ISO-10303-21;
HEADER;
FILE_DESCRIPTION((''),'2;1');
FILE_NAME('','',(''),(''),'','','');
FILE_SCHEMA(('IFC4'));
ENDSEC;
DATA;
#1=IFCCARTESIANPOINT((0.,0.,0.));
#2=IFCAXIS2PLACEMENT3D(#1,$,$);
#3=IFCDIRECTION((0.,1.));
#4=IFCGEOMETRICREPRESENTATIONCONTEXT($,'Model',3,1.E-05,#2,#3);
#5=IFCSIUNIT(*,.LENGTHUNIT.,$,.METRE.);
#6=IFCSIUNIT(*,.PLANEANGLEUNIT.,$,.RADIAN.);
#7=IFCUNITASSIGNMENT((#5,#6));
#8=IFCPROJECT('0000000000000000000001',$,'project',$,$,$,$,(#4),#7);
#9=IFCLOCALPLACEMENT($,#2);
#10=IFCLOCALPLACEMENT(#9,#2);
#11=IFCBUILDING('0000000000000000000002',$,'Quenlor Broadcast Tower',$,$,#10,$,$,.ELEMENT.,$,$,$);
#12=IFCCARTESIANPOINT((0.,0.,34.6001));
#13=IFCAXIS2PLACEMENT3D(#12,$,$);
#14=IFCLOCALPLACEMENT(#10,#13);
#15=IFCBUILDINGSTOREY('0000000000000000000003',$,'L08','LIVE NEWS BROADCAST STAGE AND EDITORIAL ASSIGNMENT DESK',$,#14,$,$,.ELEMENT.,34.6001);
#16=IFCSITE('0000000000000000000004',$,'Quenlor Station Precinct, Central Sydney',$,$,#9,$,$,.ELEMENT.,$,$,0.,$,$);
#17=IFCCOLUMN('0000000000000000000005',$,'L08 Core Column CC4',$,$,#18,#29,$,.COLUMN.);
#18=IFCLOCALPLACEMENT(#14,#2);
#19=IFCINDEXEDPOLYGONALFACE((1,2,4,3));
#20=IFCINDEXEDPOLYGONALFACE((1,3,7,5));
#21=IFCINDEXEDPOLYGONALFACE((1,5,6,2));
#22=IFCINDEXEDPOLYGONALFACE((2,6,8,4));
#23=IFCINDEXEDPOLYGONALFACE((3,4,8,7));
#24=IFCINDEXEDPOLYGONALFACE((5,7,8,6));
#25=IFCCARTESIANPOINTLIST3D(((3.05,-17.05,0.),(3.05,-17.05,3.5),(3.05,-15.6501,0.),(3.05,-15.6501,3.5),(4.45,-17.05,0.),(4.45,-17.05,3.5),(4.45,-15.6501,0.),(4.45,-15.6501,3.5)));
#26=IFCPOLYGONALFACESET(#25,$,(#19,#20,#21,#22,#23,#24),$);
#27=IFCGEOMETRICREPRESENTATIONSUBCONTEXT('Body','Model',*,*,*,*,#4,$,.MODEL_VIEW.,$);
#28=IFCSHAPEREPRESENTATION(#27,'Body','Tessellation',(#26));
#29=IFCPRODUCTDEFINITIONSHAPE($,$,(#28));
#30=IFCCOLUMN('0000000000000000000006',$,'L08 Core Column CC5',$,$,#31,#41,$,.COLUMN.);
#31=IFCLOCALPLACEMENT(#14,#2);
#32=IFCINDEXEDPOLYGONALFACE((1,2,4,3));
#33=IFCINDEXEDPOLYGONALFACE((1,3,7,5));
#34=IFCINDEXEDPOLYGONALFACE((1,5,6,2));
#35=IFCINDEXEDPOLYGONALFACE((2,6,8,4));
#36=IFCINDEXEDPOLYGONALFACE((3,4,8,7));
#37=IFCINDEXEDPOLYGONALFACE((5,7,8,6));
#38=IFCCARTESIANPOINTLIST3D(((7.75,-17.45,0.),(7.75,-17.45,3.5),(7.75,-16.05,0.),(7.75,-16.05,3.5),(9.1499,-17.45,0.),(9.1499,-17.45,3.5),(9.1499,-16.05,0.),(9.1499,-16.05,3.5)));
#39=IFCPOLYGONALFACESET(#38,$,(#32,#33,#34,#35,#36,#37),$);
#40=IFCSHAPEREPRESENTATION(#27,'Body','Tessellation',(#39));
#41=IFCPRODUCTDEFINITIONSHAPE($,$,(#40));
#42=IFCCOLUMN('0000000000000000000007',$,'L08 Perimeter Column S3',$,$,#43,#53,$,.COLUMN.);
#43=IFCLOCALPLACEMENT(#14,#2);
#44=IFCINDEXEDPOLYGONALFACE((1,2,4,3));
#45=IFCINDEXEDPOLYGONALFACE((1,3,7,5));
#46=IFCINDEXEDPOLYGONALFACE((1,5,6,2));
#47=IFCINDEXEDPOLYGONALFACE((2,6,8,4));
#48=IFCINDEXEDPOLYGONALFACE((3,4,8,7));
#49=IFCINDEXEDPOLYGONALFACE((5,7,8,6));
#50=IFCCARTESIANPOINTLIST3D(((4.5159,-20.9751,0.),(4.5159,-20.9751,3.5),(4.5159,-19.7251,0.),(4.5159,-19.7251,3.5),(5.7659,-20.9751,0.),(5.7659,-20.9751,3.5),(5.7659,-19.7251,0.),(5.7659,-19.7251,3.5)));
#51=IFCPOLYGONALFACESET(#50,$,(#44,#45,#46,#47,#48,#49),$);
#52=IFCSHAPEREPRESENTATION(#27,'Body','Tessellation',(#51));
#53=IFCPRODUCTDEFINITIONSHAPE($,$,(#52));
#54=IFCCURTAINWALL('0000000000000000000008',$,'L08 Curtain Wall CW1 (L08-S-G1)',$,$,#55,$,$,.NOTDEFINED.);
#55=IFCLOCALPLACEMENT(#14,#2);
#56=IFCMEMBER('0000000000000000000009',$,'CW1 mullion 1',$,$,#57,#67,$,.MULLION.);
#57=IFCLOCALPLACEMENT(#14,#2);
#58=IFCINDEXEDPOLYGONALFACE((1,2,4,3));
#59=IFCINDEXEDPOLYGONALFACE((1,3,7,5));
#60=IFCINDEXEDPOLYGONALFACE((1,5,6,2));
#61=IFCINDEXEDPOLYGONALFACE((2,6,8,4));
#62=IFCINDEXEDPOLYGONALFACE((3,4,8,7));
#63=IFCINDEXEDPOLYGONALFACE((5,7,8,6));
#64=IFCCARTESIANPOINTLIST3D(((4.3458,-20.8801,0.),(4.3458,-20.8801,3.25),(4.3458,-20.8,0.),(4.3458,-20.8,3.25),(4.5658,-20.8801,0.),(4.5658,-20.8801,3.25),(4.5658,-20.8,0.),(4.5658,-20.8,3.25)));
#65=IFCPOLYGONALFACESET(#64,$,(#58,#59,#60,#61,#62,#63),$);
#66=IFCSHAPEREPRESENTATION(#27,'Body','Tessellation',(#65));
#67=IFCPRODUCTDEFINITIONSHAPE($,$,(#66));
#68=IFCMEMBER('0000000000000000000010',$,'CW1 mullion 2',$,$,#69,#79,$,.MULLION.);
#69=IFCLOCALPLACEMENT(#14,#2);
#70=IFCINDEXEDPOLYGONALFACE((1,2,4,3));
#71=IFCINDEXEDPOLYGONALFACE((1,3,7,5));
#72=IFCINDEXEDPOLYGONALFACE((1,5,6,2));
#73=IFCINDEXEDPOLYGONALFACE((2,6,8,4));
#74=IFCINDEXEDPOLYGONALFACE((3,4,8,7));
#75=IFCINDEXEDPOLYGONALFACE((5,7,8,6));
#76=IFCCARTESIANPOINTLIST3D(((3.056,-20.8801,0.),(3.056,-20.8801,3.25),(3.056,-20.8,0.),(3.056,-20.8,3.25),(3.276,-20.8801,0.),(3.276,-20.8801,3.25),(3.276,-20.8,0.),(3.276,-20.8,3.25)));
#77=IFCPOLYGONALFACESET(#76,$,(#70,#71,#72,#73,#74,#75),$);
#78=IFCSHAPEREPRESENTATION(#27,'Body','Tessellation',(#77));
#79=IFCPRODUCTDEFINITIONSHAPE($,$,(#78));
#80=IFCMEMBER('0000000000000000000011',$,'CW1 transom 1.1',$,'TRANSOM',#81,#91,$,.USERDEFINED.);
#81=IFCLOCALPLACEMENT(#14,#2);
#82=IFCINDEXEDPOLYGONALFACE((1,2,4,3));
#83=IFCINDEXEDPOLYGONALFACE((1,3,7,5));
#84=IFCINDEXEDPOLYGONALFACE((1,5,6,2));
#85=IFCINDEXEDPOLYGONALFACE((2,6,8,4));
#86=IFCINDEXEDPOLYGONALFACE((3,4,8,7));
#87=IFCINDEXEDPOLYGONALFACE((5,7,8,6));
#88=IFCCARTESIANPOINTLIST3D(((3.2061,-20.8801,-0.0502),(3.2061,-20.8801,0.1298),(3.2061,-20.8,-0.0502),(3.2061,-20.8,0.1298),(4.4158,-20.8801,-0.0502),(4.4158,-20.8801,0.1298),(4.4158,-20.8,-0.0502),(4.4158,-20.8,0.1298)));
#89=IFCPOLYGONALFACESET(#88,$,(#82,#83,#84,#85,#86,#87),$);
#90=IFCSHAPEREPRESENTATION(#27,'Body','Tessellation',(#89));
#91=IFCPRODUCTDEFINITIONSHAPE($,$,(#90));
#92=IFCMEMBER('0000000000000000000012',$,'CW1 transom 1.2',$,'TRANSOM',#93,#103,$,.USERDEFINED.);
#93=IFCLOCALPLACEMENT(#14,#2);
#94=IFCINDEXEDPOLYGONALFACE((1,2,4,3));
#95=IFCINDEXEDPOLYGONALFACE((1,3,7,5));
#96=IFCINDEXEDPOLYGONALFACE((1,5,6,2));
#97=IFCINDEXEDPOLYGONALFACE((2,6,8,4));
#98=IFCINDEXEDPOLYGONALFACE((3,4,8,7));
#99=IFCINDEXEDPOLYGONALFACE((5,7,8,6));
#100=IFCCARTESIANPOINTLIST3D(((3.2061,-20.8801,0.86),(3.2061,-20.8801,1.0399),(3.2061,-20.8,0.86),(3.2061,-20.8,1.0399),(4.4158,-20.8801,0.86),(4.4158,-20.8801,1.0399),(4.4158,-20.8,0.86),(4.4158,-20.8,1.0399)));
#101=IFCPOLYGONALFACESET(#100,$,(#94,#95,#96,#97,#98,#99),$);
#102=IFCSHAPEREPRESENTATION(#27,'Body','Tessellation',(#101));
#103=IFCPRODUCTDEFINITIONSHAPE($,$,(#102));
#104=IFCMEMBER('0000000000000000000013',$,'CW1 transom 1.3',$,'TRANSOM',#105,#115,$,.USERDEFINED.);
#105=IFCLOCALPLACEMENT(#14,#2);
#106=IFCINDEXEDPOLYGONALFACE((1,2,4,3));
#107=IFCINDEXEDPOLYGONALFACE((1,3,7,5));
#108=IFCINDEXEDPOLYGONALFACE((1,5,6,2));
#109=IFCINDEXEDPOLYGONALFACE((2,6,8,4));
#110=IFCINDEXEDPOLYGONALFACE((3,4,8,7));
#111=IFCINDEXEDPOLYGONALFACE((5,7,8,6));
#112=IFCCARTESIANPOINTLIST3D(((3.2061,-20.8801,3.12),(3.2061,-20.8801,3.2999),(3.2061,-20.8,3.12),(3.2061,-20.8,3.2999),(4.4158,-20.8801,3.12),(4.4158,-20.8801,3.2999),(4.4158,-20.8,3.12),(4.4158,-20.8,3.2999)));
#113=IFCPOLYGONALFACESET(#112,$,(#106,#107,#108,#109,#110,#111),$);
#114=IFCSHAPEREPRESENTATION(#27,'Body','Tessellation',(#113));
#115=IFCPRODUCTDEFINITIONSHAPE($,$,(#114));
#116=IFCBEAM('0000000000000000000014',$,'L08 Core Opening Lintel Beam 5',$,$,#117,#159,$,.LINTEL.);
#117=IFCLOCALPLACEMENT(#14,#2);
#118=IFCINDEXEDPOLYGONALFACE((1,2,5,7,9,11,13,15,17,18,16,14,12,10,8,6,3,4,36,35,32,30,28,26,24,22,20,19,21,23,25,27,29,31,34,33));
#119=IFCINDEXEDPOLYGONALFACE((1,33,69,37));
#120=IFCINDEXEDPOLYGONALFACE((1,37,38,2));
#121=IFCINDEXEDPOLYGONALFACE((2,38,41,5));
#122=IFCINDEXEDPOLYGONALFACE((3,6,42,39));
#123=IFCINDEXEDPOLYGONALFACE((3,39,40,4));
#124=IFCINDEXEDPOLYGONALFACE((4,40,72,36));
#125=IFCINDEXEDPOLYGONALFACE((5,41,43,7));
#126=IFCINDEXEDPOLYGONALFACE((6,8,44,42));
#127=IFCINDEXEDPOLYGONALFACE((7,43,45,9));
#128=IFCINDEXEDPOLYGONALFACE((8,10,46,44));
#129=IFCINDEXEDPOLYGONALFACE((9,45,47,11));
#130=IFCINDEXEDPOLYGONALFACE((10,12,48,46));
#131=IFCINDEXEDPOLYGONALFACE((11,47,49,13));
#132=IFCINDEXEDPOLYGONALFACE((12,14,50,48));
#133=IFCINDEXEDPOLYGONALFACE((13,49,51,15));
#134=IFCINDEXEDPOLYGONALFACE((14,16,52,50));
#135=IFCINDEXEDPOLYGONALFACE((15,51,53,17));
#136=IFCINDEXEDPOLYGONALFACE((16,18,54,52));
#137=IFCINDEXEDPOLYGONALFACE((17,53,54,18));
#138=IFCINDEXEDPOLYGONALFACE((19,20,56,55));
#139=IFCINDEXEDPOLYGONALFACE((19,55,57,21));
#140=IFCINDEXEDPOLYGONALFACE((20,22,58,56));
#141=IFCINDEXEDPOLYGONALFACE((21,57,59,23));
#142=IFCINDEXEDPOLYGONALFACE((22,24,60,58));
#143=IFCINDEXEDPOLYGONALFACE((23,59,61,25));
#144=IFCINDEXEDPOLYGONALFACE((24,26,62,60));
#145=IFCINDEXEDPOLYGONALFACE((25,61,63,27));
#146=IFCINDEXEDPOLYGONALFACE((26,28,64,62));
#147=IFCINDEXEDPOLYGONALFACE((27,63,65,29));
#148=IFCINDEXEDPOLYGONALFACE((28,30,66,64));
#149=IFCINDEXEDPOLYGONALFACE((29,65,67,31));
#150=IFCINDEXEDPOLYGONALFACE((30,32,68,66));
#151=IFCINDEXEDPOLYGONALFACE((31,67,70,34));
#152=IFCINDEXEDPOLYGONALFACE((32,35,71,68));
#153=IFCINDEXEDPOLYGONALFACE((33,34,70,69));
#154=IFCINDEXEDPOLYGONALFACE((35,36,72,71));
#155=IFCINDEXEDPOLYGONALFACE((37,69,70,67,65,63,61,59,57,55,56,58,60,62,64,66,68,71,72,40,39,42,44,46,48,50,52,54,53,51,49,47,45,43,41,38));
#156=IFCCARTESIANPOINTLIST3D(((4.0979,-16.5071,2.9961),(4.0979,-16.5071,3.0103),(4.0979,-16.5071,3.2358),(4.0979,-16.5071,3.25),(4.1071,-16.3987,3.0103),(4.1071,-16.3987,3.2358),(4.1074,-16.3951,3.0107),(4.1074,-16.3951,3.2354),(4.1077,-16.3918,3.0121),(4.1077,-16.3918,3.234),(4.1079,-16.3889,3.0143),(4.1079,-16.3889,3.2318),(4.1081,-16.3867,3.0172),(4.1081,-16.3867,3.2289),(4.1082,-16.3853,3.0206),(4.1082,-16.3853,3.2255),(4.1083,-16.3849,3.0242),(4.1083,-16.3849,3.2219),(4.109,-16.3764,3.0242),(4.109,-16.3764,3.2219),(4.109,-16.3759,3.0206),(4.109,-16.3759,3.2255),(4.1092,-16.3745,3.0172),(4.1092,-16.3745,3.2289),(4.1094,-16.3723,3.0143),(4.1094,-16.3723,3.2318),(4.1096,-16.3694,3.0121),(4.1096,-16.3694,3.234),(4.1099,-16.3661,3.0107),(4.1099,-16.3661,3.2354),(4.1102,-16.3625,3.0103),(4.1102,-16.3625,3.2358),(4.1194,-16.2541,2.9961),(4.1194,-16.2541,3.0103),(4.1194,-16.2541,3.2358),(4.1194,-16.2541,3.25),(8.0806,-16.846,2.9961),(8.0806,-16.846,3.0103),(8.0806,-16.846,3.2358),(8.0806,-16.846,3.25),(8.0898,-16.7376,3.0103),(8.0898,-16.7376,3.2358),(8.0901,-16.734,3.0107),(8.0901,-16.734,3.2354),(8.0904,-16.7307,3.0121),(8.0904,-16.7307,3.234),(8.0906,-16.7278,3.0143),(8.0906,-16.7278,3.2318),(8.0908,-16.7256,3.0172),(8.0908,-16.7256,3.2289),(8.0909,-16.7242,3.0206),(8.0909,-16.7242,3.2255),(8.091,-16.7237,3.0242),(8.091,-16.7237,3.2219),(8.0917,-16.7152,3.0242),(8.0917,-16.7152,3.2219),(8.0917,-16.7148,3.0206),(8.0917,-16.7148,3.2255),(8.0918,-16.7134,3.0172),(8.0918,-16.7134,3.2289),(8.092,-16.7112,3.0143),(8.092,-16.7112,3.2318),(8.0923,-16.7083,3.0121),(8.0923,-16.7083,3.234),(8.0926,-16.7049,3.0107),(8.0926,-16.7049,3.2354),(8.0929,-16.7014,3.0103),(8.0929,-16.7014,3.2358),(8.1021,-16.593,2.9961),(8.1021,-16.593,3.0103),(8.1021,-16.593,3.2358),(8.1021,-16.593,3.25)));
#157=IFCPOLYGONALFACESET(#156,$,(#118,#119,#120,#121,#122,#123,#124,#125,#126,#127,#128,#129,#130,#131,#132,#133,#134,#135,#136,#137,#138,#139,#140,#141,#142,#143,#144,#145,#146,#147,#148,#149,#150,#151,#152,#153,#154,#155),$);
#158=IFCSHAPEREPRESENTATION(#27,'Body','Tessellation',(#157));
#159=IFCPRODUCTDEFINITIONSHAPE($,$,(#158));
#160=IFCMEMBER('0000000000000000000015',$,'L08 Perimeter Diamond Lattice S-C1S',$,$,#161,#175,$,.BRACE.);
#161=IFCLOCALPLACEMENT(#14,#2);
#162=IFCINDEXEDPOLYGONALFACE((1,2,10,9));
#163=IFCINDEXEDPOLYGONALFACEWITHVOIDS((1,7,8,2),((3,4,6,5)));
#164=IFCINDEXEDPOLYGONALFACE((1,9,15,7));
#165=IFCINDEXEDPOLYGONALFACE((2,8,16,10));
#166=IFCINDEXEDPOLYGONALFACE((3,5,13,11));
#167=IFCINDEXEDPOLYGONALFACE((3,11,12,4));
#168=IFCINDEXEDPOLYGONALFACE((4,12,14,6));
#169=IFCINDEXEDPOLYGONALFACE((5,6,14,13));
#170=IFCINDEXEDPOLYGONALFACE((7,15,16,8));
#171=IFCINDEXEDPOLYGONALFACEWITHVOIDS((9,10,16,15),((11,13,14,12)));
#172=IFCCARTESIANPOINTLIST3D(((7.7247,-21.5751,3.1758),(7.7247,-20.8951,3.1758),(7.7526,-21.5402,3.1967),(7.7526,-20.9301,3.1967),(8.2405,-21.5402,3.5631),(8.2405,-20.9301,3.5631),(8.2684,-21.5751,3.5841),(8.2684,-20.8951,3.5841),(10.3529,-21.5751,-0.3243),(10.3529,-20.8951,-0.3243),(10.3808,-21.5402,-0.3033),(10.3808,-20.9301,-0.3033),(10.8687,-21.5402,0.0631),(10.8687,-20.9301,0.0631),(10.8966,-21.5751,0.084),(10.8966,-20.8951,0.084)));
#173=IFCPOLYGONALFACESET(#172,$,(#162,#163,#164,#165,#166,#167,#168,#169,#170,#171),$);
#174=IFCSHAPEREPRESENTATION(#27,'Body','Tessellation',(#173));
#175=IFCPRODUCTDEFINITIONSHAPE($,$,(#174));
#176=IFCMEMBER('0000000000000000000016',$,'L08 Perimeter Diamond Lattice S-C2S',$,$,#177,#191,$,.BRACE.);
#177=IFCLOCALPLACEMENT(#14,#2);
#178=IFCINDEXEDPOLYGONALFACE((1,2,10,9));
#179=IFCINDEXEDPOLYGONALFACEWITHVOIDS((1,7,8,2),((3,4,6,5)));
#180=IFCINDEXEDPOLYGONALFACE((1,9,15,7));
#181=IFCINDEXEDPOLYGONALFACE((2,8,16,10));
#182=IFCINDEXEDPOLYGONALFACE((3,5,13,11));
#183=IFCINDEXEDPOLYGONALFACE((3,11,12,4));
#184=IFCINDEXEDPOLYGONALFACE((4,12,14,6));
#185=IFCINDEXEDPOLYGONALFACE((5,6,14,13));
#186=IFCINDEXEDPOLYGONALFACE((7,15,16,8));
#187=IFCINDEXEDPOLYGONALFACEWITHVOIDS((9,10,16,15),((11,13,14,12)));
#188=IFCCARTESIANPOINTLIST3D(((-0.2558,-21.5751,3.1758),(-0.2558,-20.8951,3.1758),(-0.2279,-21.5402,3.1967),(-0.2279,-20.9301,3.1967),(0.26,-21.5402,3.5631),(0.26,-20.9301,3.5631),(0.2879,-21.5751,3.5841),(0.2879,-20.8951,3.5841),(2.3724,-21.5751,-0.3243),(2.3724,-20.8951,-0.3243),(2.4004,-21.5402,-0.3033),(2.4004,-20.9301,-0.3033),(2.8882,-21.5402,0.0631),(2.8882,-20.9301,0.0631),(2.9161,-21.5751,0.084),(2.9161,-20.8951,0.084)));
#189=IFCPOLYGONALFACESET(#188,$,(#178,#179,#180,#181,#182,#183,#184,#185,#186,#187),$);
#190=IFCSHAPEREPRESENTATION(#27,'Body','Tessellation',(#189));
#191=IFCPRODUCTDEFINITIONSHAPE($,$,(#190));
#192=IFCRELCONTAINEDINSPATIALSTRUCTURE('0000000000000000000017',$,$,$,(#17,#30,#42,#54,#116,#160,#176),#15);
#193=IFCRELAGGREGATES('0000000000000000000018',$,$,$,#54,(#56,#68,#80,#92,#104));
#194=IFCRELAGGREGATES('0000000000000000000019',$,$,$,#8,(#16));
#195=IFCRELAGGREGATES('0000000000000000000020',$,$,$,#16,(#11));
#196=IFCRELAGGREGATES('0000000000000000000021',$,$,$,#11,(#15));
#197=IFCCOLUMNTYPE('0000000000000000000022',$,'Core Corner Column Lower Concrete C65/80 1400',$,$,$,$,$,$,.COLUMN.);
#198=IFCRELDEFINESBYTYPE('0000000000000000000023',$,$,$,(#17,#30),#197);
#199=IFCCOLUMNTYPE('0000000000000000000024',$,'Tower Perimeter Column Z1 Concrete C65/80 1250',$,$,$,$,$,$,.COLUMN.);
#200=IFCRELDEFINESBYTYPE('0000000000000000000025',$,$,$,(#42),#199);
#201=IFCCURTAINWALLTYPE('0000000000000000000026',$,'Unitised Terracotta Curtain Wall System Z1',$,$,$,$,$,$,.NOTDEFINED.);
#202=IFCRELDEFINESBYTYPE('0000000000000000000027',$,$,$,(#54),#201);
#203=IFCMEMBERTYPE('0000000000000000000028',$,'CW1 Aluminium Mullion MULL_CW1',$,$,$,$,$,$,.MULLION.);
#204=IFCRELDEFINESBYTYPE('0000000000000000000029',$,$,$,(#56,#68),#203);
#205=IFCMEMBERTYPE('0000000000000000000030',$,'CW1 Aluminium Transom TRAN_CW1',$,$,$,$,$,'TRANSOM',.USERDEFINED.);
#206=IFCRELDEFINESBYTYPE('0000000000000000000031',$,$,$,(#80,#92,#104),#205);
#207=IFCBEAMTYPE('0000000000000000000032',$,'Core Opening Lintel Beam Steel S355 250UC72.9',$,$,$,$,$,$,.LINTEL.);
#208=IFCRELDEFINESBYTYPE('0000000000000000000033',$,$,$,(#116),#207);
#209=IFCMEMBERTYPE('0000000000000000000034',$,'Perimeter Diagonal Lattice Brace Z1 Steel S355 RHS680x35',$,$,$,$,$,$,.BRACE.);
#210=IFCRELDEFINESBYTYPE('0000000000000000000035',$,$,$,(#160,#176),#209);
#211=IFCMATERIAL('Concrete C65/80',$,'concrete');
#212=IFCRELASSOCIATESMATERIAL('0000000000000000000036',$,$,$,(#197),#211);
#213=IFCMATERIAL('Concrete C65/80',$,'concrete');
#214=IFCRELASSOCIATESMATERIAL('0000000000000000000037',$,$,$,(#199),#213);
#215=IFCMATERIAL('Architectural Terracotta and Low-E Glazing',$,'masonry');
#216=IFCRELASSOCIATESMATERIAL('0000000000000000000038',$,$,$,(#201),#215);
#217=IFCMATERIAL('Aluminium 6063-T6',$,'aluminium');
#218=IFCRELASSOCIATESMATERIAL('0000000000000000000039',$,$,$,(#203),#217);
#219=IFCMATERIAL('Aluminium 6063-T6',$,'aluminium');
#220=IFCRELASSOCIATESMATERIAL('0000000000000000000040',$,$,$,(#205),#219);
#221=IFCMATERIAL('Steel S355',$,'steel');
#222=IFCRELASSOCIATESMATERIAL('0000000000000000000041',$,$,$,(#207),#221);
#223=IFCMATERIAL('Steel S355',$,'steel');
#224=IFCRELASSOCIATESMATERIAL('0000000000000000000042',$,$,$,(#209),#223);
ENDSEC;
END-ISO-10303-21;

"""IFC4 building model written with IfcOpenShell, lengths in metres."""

from ifc_helpers import new_model, si_unit, direction, frame, origin, origin_2d, place, context, subcontext, project, spatial, rectangle, hollow_rectangle, i_section, extrude, material, material_profile, profile_set, type_object, element, aggregate, save


model = new_model("IFC4")

# Units and contexts
model_context = context("Model", 3, precision=1e-05, world=origin(), true_north=direction((0.0, 1.0)))
body_context = subcontext(model_context, "Body", "Model", "MODEL_VIEW")
ifc_project = project(units=[si_unit("LENGTHUNIT", "METRE"), si_unit("PLANEANGLEUNIT", "RADIAN")], contexts=[model_context])

# Site, building, storey
site_placement = place(None, origin())
site = spatial("IfcSite", under=ifc_project, at=site_placement, Name="Quenlor Station Precinct, Central Sydney", CompositionType="ELEMENT", RefElevation=0.0)
building_placement = place(site_placement, origin())
building = spatial("IfcBuilding", under=site, at=building_placement, Name="Quenlor Broadcast Tower", CompositionType="ELEMENT")
storey_placement = place(building_placement, frame((0.0, 0.0, 34.6001)))
storey = spatial("IfcBuildingStorey", under=building, at=storey_placement, Name="L08", Description="LIVE NEWS BROADCAST STAGE AND EDITORIAL ASSIGNMENT DESK", CompositionType="ELEMENT", Elevation=34.6001)

# Columns
ifc_material_1 = material(Name="Concrete C65/80", Category="concrete")
ifc_material_profile_1 = material_profile(ifc_material_1, rectangle(XDim=1.3999, YDim=1.3999, at=origin_2d()))
ifc_profile_set_1 = profile_set([ifc_material_profile_1], Name="Concrete C65/80 RC1400x1400")
column_type_1 = type_object("IfcColumnType", Name="Core Corner Column Lower Concrete C65/80 1400", PredefinedType="COLUMN", material=ifc_profile_set_1)
for number, where, z_axis, x_axis, name in (
    (1, (3.75, -16.3501, 0.0), (0.0, 0.0, 1.0), (1.0, 0.0, 0.0), "L08 Core Column CC4"),
    (2, (8.45, -16.75, 0.0), (0.0, 0.0, 1.0), (1.0, 0.0, 0.0), "L08 Core Column CC5"),
):
    element("IfcColumn", number, at=place(storey_placement, frame(where, z_axis=z_axis, x_axis=x_axis)), inside=storey, type_object=column_type_1, Name=name, PredefinedType="COLUMN", context=body_context, shape_type="SweptSolid", body=[
        extrude(rectangle(XDim=1.3999, YDim=1.3999, at=origin_2d()), origin(), (0.0, 0.0, 1.0), 3.5),
    ])
ifc_material_2 = material(Name="Concrete C65/80", Category="concrete")
ifc_material_profile_2 = material_profile(ifc_material_2, rectangle(XDim=1.25, YDim=1.25, at=origin_2d()))
ifc_profile_set_2 = profile_set([ifc_material_profile_2], Name="Concrete C65/80 RC1250x1250")
column_type_2 = type_object("IfcColumnType", Name="Tower Perimeter Column Z1 Concrete C65/80 1250", PredefinedType="COLUMN", material=ifc_profile_set_2)
column_placement = place(storey_placement, frame((5.1409, -20.3501, 0.0), z_axis=(0.0, 0.0, 1.0), x_axis=(0.0, 1.0, 0.0)))
element("IfcColumn", 3, at=column_placement, inside=storey, type_object=column_type_2, Name="L08 Perimeter Column S3", PredefinedType="COLUMN", context=body_context, shape_type="SweptSolid", body=[
    extrude(rectangle(XDim=1.25, YDim=1.25, at=origin_2d()), origin(), (0.0, 0.0, 1.0), 3.5),
])

# Curtain wall, members
ifc_material_3 = material(Name="Architectural Terracotta and Low-E Glazing", Category="masonry")
curtain_wall_type = type_object("IfcCurtainWallType", Name="Unitised Terracotta Curtain Wall System Z1", PredefinedType="NOTDEFINED", material=ifc_material_3)
curtain_wall_placement = place(storey_placement, origin())
curtain_wall = element("IfcCurtainWall", 4, at=curtain_wall_placement, inside=storey, type_object=curtain_wall_type, Name="L08 Curtain Wall CW1 (L08-S-G1)", PredefinedType="NOTDEFINED")
ifc_material_4 = material(Name="Aluminium 6063-T6", Category="aluminium")
ifc_material_profile_3 = material_profile(ifc_material_4, rectangle(XDim=0.0801, YDim=0.22, at=origin_2d()))
ifc_profile_set_3 = profile_set([ifc_material_profile_3], Name="Aluminium 6063-T6 MULL80x220")
member_type_1 = type_object("IfcMemberType", Name="CW1 Aluminium Mullion MULL_CW1", PredefinedType="MULLION", material=ifc_profile_set_3)
member_1_placement = place(storey_placement, frame((4.4558, -20.8401, 0.0), z_axis=(0.0, 0.0, 1.0), x_axis=(0.0, -1.0, 0.0)))
member_1 = element("IfcMember", 5, at=member_1_placement, type_object=member_type_1, Name="CW1 mullion 1", PredefinedType="MULLION", context=body_context, shape_type="SweptSolid", body=[
    extrude(rectangle(XDim=0.0801, YDim=0.22, at=origin_2d()), origin(), (0.0, 0.0, 1.0), 3.25),
])
member_2_placement = place(storey_placement, frame((3.166, -20.8401, 0.0), z_axis=(0.0, 0.0, 1.0), x_axis=(0.0, -1.0, 0.0)))
member_2 = element("IfcMember", 6, at=member_2_placement, type_object=member_type_1, Name="CW1 mullion 2", PredefinedType="MULLION", context=body_context, shape_type="SweptSolid", body=[
    extrude(rectangle(XDim=0.0801, YDim=0.22, at=origin_2d()), origin(), (0.0, 0.0, 1.0), 3.25),
])
ifc_material_5 = material(Name="Aluminium 6063-T6", Category="aluminium")
ifc_material_profile_4 = material_profile(ifc_material_5, rectangle(XDim=0.0801, YDim=0.1799, at=origin_2d()))
ifc_profile_set_4 = profile_set([ifc_material_profile_4], Name="Aluminium 6063-T6 TRAN80x180")
member_type_2 = type_object("IfcMemberType", Name="CW1 Aluminium Transom TRAN_CW1", ElementType="TRANSOM", PredefinedType="USERDEFINED", material=ifc_profile_set_4)
member_3_placement = place(storey_placement, frame((4.4158, -20.8401, 0.0398), z_axis=(-1.0, 0.0, 0.0), x_axis=(0.0, -1.0, 0.0)))
member_3 = element("IfcMember", 7, at=member_3_placement, type_object=member_type_2, Name="CW1 transom 1.1", ObjectType="TRANSOM", PredefinedType="USERDEFINED", context=body_context, shape_type="SweptSolid", body=[
    extrude(rectangle(XDim=0.0801, YDim=0.1799, at=origin_2d()), origin(), (0.0, 0.0, 1.0), 1.2097),
])
member_4_placement = place(storey_placement, frame((4.4158, -20.8401, 0.95), z_axis=(-1.0, 0.0, 0.0), x_axis=(0.0, -1.0, 0.0)))
member_4 = element("IfcMember", 8, at=member_4_placement, type_object=member_type_2, Name="CW1 transom 1.2", ObjectType="TRANSOM", PredefinedType="USERDEFINED", context=body_context, shape_type="SweptSolid", body=[
    extrude(rectangle(XDim=0.0801, YDim=0.1799, at=origin_2d()), origin(), (0.0, 0.0, 1.0), 1.2097),
])
member_5_placement = place(storey_placement, frame((4.4158, -20.8401, 3.21), z_axis=(-1.0, 0.0, 0.0), x_axis=(0.0, -1.0, 0.0)))
member_5 = element("IfcMember", 9, at=member_5_placement, type_object=member_type_2, Name="CW1 transom 1.3", ObjectType="TRANSOM", PredefinedType="USERDEFINED", context=body_context, shape_type="SweptSolid", body=[
    extrude(rectangle(XDim=0.0801, YDim=0.1799, at=origin_2d()), origin(), (0.0, 0.0, 1.0), 1.2097),
])

# Beam
ifc_material_6 = material(Name="Steel S355", Category="steel")
ifc_material_profile_5 = material_profile(ifc_material_6, i_section(OverallWidth=0.2539, OverallDepth=0.2539, WebThickness=0.0085, FlangeThickness=0.0142, FilletRadius=0.0139, at=origin_2d()))
ifc_profile_set_5 = profile_set([ifc_material_profile_5], Name="Steel S355 250UC72.9")
beam_type_1 = type_object("IfcBeamType", Name="Core Opening Lintel Beam Steel S355 250UC72.9", PredefinedType="LINTEL", material=ifc_profile_set_5)
beam_1_placement = place(storey_placement, frame((4.1086, -16.3806, 3.123), z_axis=(0.9964, -0.084779, 0.0), x_axis=(0.084779, 0.9964, 0.0)))
element("IfcBeam", 10, at=beam_1_placement, inside=storey, type_object=beam_type_1, Name="L08 Core Opening Lintel Beam 5", PredefinedType="LINTEL", context=body_context, shape_type="SweptSolid", body=[
    extrude(i_section(OverallWidth=0.2539, OverallDepth=0.2539, WebThickness=0.0085, FlangeThickness=0.0142, FilletRadius=0.0139, at=origin_2d()), origin(), (0.0, 0.0, 1.0), 3.9971),
])

# Members
ifc_material_7 = material(Name="Steel S355", Category="steel")
ifc_material_profile_6 = material_profile(ifc_material_7, hollow_rectangle(XDim=0.6799, YDim=0.6799, WallThickness=0.0349, at=origin_2d()))
ifc_profile_set_6 = profile_set([ifc_material_profile_6], Name="Steel S355 RHS680x680x35")
member_type_3 = type_object("IfcMemberType", Name="Perimeter Diagonal Lattice Brace Z1 Steel S355 RHS680x35", PredefinedType="BRACE", material=ifc_profile_set_6)
for number, where, z_axis, x_axis, name in (
    (11, (10.6248, -21.2351, -0.1201), (-0.600464, 0.0, 0.799652), (0.0, -1.0, 0.0), "L08 Perimeter Diamond Lattice S-C1S"),
    (12, (2.6443, -21.2351, -0.1201), (-0.600464, 0.0, 0.799652), (0.0, -1.0, 0.0), "L08 Perimeter Diamond Lattice S-C2S"),
):
    element("IfcMember", number, at=place(storey_placement, frame(where, z_axis=z_axis, x_axis=x_axis)), inside=storey, type_object=member_type_3, Name=name, PredefinedType="BRACE", context=body_context, shape_type="SweptSolid", body=[
        extrude(hollow_rectangle(XDim=0.6799, YDim=0.6799, WallThickness=0.0349, at=origin_2d()), origin(), (0.0, 0.0, 1.0), 4.377),
    ])

aggregate(curtain_wall, [member_1, member_2, member_3, member_4, member_5])

save(model, "model.ifc")
